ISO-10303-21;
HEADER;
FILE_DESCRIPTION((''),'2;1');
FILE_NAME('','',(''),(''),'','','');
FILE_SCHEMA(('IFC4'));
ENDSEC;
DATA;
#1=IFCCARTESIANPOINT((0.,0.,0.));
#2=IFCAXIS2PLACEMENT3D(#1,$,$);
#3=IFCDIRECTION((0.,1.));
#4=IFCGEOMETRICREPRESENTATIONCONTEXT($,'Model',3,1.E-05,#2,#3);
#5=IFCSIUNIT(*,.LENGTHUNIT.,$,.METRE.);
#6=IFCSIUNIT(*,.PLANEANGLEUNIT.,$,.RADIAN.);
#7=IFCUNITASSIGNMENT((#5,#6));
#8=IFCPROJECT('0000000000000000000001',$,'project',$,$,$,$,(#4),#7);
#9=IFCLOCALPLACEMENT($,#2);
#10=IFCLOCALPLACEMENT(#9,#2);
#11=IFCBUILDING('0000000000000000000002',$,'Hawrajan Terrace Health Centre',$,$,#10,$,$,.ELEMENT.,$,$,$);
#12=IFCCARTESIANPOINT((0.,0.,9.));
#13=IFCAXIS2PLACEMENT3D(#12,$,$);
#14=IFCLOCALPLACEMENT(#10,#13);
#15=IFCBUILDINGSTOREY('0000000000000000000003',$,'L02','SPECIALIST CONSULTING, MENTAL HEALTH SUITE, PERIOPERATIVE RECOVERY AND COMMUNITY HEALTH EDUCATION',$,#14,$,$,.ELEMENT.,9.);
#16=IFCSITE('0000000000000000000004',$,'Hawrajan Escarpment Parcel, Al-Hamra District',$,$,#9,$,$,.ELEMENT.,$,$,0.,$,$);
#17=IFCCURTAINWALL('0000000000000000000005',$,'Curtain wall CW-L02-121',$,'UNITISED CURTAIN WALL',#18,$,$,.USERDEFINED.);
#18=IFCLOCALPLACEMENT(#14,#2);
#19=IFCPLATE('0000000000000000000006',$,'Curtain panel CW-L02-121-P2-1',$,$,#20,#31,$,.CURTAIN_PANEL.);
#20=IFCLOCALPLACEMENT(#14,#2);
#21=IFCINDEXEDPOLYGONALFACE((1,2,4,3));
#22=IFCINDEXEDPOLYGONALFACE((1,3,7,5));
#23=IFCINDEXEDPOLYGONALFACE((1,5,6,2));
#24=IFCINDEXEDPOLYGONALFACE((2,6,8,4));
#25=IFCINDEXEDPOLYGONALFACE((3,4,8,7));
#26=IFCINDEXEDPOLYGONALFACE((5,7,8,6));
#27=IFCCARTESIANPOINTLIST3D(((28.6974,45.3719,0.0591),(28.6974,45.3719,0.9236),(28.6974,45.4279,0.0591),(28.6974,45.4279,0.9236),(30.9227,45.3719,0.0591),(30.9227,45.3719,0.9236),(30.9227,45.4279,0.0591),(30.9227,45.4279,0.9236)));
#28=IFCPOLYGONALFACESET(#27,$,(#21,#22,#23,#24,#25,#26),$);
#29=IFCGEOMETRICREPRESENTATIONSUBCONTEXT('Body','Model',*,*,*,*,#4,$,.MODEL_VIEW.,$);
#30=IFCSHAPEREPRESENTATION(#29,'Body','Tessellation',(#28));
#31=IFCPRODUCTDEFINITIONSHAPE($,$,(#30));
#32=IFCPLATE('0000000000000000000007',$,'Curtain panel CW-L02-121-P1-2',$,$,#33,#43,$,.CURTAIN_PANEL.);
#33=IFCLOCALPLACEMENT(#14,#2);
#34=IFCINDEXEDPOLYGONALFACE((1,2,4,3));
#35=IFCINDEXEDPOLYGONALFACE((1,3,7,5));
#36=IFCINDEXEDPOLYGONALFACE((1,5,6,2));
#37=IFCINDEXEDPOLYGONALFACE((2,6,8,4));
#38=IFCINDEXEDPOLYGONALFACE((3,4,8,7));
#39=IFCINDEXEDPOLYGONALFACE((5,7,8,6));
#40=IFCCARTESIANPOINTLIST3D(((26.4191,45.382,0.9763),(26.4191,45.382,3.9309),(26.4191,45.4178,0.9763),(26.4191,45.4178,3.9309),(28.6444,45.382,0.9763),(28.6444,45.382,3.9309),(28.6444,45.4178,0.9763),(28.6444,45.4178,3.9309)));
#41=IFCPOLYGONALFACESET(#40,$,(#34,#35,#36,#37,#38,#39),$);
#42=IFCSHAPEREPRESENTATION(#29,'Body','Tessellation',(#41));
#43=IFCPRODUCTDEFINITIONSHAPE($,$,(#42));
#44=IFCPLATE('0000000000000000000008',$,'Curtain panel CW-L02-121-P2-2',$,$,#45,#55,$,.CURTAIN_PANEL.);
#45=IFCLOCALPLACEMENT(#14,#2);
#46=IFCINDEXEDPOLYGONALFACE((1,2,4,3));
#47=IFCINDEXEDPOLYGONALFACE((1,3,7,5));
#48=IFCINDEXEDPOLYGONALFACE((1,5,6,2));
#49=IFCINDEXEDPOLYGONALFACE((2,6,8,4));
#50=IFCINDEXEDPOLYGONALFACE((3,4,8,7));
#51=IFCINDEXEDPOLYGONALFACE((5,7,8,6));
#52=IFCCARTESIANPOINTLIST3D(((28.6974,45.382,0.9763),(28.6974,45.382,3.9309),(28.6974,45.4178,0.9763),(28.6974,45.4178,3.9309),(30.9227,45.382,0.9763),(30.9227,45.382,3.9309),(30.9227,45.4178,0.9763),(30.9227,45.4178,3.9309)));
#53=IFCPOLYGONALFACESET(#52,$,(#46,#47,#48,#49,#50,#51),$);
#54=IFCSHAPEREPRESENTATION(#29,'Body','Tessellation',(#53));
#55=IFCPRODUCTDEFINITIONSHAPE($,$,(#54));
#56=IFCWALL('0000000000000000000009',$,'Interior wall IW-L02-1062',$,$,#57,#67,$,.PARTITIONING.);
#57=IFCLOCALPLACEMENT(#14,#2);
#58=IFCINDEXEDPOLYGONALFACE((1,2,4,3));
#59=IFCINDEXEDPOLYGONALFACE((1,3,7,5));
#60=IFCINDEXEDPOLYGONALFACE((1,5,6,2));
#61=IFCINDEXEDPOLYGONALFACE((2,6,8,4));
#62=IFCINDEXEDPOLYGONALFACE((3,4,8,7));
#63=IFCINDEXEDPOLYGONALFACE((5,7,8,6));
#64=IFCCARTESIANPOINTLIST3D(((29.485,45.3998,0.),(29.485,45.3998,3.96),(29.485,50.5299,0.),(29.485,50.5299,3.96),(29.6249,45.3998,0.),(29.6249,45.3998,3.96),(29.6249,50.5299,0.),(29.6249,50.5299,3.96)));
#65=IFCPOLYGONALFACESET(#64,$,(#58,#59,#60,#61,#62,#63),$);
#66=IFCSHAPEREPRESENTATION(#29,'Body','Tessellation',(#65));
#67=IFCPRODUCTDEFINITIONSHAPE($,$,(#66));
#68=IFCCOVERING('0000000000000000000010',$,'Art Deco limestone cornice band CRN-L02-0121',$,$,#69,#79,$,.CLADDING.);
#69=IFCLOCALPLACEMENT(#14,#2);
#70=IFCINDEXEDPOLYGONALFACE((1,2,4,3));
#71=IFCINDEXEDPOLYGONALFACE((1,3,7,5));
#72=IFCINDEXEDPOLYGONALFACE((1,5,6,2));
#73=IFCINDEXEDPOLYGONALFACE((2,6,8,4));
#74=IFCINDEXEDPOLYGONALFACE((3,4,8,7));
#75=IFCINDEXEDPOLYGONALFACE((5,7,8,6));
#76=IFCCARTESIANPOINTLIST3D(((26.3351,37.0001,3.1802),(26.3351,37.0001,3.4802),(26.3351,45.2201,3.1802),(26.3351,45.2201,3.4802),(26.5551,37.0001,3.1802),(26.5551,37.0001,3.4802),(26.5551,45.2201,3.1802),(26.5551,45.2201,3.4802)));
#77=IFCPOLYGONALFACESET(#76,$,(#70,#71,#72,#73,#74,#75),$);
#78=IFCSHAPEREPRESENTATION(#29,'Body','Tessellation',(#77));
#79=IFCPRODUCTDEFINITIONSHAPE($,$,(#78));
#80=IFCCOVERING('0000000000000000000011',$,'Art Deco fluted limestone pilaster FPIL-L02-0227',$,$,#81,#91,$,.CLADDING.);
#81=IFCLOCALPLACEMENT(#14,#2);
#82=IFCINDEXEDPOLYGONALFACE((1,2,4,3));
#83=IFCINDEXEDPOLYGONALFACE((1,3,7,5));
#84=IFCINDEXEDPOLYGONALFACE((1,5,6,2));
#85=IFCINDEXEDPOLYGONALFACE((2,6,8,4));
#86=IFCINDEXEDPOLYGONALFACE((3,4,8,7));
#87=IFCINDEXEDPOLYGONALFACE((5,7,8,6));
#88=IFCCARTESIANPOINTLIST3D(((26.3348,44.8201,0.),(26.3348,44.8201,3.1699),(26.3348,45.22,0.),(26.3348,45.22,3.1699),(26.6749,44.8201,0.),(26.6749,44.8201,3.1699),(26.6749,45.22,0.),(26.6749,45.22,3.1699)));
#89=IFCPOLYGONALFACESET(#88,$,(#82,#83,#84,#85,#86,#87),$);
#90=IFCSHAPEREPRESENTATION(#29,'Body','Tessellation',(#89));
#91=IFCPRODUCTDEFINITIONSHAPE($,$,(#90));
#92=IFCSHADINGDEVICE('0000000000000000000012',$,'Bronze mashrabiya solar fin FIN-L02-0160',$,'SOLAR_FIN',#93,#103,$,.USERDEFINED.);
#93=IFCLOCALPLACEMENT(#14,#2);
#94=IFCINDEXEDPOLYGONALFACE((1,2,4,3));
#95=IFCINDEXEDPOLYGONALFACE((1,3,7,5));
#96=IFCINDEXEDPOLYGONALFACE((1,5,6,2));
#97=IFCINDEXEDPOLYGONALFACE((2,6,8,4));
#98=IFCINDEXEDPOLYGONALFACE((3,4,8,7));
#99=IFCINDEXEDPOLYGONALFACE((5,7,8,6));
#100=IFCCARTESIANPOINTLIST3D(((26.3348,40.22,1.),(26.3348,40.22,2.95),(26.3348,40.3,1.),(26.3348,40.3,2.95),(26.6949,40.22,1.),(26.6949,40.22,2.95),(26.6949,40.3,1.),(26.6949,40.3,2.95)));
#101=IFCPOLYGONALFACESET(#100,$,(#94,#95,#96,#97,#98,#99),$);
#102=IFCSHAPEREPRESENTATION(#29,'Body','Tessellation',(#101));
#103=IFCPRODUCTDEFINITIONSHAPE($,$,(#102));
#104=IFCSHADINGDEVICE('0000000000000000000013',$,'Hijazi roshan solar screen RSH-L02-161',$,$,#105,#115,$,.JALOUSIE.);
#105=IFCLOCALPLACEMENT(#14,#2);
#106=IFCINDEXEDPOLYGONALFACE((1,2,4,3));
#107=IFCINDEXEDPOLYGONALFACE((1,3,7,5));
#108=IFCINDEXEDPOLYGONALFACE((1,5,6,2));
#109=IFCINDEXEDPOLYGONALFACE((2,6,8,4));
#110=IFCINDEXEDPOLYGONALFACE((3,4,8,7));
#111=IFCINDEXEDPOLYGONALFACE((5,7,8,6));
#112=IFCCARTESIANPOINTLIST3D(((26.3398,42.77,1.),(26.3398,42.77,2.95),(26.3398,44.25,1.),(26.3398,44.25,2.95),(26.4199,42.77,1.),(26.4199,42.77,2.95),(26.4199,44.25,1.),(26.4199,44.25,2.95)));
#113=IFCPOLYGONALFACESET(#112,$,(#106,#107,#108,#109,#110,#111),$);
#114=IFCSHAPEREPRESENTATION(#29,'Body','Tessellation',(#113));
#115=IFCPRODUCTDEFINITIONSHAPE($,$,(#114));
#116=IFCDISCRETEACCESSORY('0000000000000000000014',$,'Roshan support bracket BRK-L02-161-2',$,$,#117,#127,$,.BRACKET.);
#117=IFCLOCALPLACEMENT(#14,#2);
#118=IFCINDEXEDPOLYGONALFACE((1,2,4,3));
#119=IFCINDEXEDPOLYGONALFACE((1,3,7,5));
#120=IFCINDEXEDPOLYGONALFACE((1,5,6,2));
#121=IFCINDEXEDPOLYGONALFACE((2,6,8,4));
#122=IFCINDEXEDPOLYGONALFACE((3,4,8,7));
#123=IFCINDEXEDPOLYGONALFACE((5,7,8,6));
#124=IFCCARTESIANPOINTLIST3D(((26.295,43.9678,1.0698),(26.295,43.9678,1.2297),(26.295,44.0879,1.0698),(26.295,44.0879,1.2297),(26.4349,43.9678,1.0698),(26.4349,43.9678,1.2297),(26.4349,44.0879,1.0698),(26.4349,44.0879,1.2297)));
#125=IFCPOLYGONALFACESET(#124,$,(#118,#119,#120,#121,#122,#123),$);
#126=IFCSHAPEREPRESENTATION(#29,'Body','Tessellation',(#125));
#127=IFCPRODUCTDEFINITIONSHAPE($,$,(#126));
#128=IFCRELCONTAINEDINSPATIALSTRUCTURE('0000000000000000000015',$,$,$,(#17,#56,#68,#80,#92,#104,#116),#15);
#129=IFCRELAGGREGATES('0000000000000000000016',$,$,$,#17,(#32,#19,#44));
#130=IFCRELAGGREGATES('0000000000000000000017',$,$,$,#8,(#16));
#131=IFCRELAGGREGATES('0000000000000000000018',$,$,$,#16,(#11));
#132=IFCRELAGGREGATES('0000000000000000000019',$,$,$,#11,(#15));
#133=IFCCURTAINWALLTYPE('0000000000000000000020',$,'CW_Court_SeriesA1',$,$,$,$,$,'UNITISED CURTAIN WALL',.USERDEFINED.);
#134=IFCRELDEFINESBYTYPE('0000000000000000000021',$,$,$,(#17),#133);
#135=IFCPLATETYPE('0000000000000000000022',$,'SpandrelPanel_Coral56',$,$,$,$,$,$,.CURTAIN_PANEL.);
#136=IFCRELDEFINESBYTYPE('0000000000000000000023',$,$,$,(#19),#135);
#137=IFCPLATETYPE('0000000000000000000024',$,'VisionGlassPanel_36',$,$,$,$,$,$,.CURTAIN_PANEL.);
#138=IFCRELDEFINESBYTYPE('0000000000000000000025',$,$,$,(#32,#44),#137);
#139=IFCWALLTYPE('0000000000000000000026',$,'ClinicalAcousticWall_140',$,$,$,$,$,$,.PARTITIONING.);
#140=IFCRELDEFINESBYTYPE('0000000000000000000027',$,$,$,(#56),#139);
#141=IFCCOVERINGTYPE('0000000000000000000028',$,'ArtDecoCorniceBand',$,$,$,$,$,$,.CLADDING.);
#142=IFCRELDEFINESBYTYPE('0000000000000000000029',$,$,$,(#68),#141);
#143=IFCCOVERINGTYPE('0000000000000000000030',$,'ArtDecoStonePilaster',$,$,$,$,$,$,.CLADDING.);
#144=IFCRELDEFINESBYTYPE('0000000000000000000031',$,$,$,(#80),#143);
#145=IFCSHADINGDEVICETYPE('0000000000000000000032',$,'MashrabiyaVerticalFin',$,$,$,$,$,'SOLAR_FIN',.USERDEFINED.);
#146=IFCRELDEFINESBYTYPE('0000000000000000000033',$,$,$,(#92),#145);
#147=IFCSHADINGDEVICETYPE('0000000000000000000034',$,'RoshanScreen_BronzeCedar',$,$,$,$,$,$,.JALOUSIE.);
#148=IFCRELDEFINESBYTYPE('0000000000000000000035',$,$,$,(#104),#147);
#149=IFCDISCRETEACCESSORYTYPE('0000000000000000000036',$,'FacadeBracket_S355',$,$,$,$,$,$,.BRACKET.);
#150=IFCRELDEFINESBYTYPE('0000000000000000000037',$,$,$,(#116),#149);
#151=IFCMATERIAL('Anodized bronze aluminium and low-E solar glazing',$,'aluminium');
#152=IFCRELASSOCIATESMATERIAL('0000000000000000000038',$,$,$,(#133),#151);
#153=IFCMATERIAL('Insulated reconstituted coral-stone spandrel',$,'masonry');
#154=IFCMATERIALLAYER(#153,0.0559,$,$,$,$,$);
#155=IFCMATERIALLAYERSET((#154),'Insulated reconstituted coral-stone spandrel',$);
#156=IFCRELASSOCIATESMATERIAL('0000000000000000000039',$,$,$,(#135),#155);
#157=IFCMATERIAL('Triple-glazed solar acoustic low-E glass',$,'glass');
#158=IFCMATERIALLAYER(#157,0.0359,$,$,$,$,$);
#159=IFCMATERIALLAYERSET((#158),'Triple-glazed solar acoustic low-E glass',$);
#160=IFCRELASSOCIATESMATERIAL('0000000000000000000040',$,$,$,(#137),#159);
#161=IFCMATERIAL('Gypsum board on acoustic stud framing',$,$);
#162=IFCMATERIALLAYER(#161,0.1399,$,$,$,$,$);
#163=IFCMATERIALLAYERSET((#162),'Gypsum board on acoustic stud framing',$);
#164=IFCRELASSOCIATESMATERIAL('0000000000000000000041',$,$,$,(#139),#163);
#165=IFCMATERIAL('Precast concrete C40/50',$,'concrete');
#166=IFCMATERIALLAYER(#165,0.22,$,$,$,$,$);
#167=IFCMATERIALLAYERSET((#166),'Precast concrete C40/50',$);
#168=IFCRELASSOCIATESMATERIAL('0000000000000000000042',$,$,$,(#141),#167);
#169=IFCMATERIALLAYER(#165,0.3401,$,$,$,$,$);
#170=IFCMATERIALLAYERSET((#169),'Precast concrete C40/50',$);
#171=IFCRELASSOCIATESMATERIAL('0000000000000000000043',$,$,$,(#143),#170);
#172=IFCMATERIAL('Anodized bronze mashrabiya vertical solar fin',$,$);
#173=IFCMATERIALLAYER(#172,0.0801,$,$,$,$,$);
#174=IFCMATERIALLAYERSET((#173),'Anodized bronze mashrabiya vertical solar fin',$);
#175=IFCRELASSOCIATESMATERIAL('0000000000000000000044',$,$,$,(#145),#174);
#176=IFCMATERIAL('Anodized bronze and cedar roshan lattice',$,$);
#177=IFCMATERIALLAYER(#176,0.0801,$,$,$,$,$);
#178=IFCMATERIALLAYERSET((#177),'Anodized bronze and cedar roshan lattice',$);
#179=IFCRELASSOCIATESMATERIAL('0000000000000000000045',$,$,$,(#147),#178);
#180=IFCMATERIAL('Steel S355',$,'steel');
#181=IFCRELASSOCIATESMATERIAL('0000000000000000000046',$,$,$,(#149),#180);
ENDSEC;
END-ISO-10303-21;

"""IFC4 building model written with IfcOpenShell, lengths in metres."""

from ifc_helpers import new_model, si_unit, direction, frame, frame_2d, origin, origin_2d, place, context, subcontext, project, spatial, rectangle, extrude, material, layer, layer_set, type_object, element, aggregate, save


model = new_model("IFC4")

# Units and contexts
model_context = context("Model", 3, precision=1e-05, world=origin(), true_north=direction((0.0, 1.0)))
body_context = subcontext(model_context, "Body", "Model", "MODEL_VIEW")
ifc_project = project(units=[si_unit("LENGTHUNIT", "METRE"), si_unit("PLANEANGLEUNIT", "RADIAN")], contexts=[model_context])

# Site, building, storey
site_placement = place(None, origin())
site = spatial("IfcSite", under=ifc_project, at=site_placement, Name="Hawrajan Escarpment Parcel, Al-Hamra District", CompositionType="ELEMENT", RefElevation=0.0)
building_placement = place(site_placement, origin())
building = spatial("IfcBuilding", under=site, at=building_placement, Name="Hawrajan Terrace Health Centre", CompositionType="ELEMENT")
storey_placement = place(building_placement, frame((0.0, 0.0, 9.0)))
storey = spatial("IfcBuildingStorey", under=building, at=storey_placement, Name="L02", Description="SPECIALIST CONSULTING, MENTAL HEALTH SUITE, PERIOPERATIVE RECOVERY AND COMMUNITY HEALTH EDUCATION", CompositionType="ELEMENT", Elevation=9.0)

# Curtain wall
ifc_material_1 = material(Name="Anodized bronze aluminium and low-E solar glazing", Category="aluminium")
curtain_wall_type = type_object("IfcCurtainWallType", Name="CW_Court_SeriesA1", ElementType="UNITISED CURTAIN WALL", PredefinedType="USERDEFINED", material=ifc_material_1)
curtain_wall_placement = place(storey_placement, origin())
curtain_wall = element("IfcCurtainWall", 1, at=curtain_wall_placement, inside=storey, type_object=curtain_wall_type, Name="Curtain wall CW-L02-121", ObjectType="UNITISED CURTAIN WALL", PredefinedType="USERDEFINED")

# Plates
ifc_material_2 = material(Name="Insulated reconstituted coral-stone spandrel", Category="masonry")
ifc_layer_1 = layer(ifc_material_2, 0.0559)
ifc_layer_set_1 = layer_set([ifc_layer_1], Name="Insulated reconstituted coral-stone spandrel")
plate_type_1 = type_object("IfcPlateType", Name="SpandrelPanel_Coral56", PredefinedType="CURTAIN_PANEL", material=ifc_layer_set_1)
plate_1_placement = place(storey_placement, frame((29.8101, 45.3999, 0.0591), z_axis=(0.0, 0.0, 1.0), x_axis=(1.0, 0.0, 0.0)))
plate_1 = element("IfcPlate", 2, at=plate_1_placement, type_object=plate_type_1, Name="Curtain panel CW-L02-121-P2-1", PredefinedType="CURTAIN_PANEL", context=body_context, shape_type="SweptSolid", body=[
    extrude(rectangle(XDim=2.2253, YDim=0.0559, at=origin_2d()), origin(), (0.0, 0.0, 1.0), 0.8645),
])
ifc_material_3 = material(Name="Triple-glazed solar acoustic low-E glass", Category="glass")
ifc_layer_2 = layer(ifc_material_3, 0.0359)
ifc_layer_set_2 = layer_set([ifc_layer_2], Name="Triple-glazed solar acoustic low-E glass")
plate_type_2 = type_object("IfcPlateType", Name="VisionGlassPanel_36", PredefinedType="CURTAIN_PANEL", material=ifc_layer_set_2)
plate_2_placement = place(storey_placement, frame((27.5317, 45.3999, 0.9763), z_axis=(0.0, 0.0, 1.0), x_axis=(1.0, 0.0, 0.0)))
plate_2 = element("IfcPlate", 3, at=plate_2_placement, type_object=plate_type_2, Name="Curtain panel CW-L02-121-P1-2", PredefinedType="CURTAIN_PANEL", context=body_context, shape_type="SweptSolid", body=[
    extrude(rectangle(XDim=2.2253, YDim=0.0359, at=origin_2d()), origin(), (0.0, 0.0, 1.0), 2.9546),
])
plate_3_placement = place(storey_placement, frame((29.8101, 45.3999, 0.9763), z_axis=(0.0, 0.0, 1.0), x_axis=(1.0, 0.0, 0.0)))
plate_3 = element("IfcPlate", 4, at=plate_3_placement, type_object=plate_type_2, Name="Curtain panel CW-L02-121-P2-2", PredefinedType="CURTAIN_PANEL", context=body_context, shape_type="SweptSolid", body=[
    extrude(rectangle(XDim=2.2253, YDim=0.0359, at=origin_2d()), origin(), (0.0, 0.0, 1.0), 2.9546),
])
aggregate(curtain_wall, [plate_2, plate_1, plate_3])

# Wall
ifc_material_4 = material(Name="Gypsum board on acoustic stud framing")
ifc_layer_3 = layer(ifc_material_4, 0.1399)
ifc_layer_set_3 = layer_set([ifc_layer_3], Name="Gypsum board on acoustic stud framing")
wall_type = type_object("IfcWallType", Name="ClinicalAcousticWall_140", PredefinedType="PARTITIONING", material=ifc_layer_set_3)
wall_placement = place(storey_placement, frame((29.5549, 45.3999, 0.0), z_axis=(0.0, 0.0, 1.0), x_axis=(0.0, 1.0, 0.0)))
element("IfcWall", 5, at=wall_placement, inside=storey, type_object=wall_type, Name="Interior wall IW-L02-1062", PredefinedType="PARTITIONING", context=body_context, shape_type="SweptSolid", body=[
    extrude(rectangle(XDim=5.1301, YDim=0.1399, at=frame_2d((2.5649, 0.0))), origin(), (0.0, 0.0, 1.0), 3.96),
])

# Coverings
ifc_material_5 = material(Name="Precast concrete C40/50", Category="concrete")
ifc_layer_4 = layer(ifc_material_5, 0.22)
ifc_layer_set_4 = layer_set([ifc_layer_4], Name="Precast concrete C40/50")
covering_type_1 = type_object("IfcCoveringType", Name="ArtDecoCorniceBand", PredefinedType="CLADDING", material=ifc_layer_set_4)
covering_1_placement = place(storey_placement, frame((26.4451, 41.1101, 3.1802), z_axis=(0.0, 0.0, 1.0), x_axis=(0.0, 1.0, 0.0)))
element("IfcCovering", 6, at=covering_1_placement, inside=storey, type_object=covering_type_1, Name="Art Deco limestone cornice band CRN-L02-0121", PredefinedType="CLADDING", context=body_context, shape_type="SweptSolid", body=[
    extrude(rectangle(XDim=8.22, YDim=0.22, at=origin_2d()), origin(), (0.0, 0.0, 1.0), 0.3),
])
ifc_layer_5 = layer(ifc_material_5, 0.3401)
ifc_layer_set_5 = layer_set([ifc_layer_5], Name="Precast concrete C40/50")
covering_type_2 = type_object("IfcCoveringType", Name="ArtDecoStonePilaster", PredefinedType="CLADDING", material=ifc_layer_set_5)
covering_2_placement = place(storey_placement, frame((26.5049, 45.02, 0.0), z_axis=(0.0, 0.0, 1.0), x_axis=(0.0, 1.0, 0.0)))
element("IfcCovering", 7, at=covering_2_placement, inside=storey, type_object=covering_type_2, Name="Art Deco fluted limestone pilaster FPIL-L02-0227", PredefinedType="CLADDING", context=body_context, shape_type="SweptSolid", body=[
    extrude(rectangle(XDim=0.3999, YDim=0.3401, at=origin_2d()), origin(), (0.0, 0.0, 1.0), 3.1699),
])

# Shading devices
ifc_material_6 = material(Name="Anodized bronze mashrabiya vertical solar fin")
ifc_layer_6 = layer(ifc_material_6, 0.0801)
ifc_layer_set_6 = layer_set([ifc_layer_6], Name="Anodized bronze mashrabiya vertical solar fin")
shading_device_type_1 = type_object("IfcShadingDeviceType", Name="MashrabiyaVerticalFin", ElementType="SOLAR_FIN", PredefinedType="USERDEFINED", material=ifc_layer_set_6)
shading_device_1_placement = place(storey_placement, frame((26.5149, 40.26, 1.0), z_axis=(0.0, 0.0, 1.0), x_axis=(0.0, 1.0, 0.0)))
element("IfcShadingDevice", 8, at=shading_device_1_placement, inside=storey, type_object=shading_device_type_1, Name="Bronze mashrabiya solar fin FIN-L02-0160", ObjectType="SOLAR_FIN", PredefinedType="USERDEFINED", context=body_context, shape_type="SweptSolid", body=[
    extrude(rectangle(XDim=0.0801, YDim=0.3601, at=origin_2d()), origin(), (0.0, 0.0, 1.0), 1.95),
])
ifc_material_7 = material(Name="Anodized bronze and cedar roshan lattice")
ifc_layer_7 = layer(ifc_material_7, 0.0801)
ifc_layer_set_7 = layer_set([ifc_layer_7], Name="Anodized bronze and cedar roshan lattice")
shading_device_type_2 = type_object("IfcShadingDeviceType", Name="RoshanScreen_BronzeCedar", PredefinedType="JALOUSIE", material=ifc_layer_set_7)
shading_device_2_placement = place(storey_placement, frame((26.3799, 43.51, 1.0), z_axis=(0.0, 0.0, 1.0), x_axis=(0.0, 1.0, 0.0)))
element("IfcShadingDevice", 9, at=shading_device_2_placement, inside=storey, type_object=shading_device_type_2, Name="Hijazi roshan solar screen RSH-L02-161", PredefinedType="JALOUSIE", context=body_context, shape_type="SweptSolid", body=[
    extrude(rectangle(XDim=1.48, YDim=0.0801, at=origin_2d()), origin(), (0.0, 0.0, 1.0), 1.95),
])

# Discrete accessory
ifc_material_8 = material(Name="Steel S355", Category="steel")
discrete_accessory_type = type_object("IfcDiscreteAccessoryType", Name="FacadeBracket_S355", PredefinedType="BRACKET", material=ifc_material_8)
discrete_accessory_placement = place(storey_placement, frame((26.365, 44.0278, 1.0698), z_axis=(0.0, 0.0, 1.0), x_axis=(0.0, 1.0, 0.0)))
element("IfcDiscreteAccessory", 10, at=discrete_accessory_placement, inside=storey, type_object=discrete_accessory_type, Name="Roshan support bracket BRK-L02-161-2", PredefinedType="BRACKET", context=body_context, shape_type="SweptSolid", body=[
    extrude(rectangle(XDim=0.1201, YDim=0.1399, at=origin_2d()), origin(), (0.0, 0.0, 1.0), 0.1599),
])

save(model, "model.ifc")
